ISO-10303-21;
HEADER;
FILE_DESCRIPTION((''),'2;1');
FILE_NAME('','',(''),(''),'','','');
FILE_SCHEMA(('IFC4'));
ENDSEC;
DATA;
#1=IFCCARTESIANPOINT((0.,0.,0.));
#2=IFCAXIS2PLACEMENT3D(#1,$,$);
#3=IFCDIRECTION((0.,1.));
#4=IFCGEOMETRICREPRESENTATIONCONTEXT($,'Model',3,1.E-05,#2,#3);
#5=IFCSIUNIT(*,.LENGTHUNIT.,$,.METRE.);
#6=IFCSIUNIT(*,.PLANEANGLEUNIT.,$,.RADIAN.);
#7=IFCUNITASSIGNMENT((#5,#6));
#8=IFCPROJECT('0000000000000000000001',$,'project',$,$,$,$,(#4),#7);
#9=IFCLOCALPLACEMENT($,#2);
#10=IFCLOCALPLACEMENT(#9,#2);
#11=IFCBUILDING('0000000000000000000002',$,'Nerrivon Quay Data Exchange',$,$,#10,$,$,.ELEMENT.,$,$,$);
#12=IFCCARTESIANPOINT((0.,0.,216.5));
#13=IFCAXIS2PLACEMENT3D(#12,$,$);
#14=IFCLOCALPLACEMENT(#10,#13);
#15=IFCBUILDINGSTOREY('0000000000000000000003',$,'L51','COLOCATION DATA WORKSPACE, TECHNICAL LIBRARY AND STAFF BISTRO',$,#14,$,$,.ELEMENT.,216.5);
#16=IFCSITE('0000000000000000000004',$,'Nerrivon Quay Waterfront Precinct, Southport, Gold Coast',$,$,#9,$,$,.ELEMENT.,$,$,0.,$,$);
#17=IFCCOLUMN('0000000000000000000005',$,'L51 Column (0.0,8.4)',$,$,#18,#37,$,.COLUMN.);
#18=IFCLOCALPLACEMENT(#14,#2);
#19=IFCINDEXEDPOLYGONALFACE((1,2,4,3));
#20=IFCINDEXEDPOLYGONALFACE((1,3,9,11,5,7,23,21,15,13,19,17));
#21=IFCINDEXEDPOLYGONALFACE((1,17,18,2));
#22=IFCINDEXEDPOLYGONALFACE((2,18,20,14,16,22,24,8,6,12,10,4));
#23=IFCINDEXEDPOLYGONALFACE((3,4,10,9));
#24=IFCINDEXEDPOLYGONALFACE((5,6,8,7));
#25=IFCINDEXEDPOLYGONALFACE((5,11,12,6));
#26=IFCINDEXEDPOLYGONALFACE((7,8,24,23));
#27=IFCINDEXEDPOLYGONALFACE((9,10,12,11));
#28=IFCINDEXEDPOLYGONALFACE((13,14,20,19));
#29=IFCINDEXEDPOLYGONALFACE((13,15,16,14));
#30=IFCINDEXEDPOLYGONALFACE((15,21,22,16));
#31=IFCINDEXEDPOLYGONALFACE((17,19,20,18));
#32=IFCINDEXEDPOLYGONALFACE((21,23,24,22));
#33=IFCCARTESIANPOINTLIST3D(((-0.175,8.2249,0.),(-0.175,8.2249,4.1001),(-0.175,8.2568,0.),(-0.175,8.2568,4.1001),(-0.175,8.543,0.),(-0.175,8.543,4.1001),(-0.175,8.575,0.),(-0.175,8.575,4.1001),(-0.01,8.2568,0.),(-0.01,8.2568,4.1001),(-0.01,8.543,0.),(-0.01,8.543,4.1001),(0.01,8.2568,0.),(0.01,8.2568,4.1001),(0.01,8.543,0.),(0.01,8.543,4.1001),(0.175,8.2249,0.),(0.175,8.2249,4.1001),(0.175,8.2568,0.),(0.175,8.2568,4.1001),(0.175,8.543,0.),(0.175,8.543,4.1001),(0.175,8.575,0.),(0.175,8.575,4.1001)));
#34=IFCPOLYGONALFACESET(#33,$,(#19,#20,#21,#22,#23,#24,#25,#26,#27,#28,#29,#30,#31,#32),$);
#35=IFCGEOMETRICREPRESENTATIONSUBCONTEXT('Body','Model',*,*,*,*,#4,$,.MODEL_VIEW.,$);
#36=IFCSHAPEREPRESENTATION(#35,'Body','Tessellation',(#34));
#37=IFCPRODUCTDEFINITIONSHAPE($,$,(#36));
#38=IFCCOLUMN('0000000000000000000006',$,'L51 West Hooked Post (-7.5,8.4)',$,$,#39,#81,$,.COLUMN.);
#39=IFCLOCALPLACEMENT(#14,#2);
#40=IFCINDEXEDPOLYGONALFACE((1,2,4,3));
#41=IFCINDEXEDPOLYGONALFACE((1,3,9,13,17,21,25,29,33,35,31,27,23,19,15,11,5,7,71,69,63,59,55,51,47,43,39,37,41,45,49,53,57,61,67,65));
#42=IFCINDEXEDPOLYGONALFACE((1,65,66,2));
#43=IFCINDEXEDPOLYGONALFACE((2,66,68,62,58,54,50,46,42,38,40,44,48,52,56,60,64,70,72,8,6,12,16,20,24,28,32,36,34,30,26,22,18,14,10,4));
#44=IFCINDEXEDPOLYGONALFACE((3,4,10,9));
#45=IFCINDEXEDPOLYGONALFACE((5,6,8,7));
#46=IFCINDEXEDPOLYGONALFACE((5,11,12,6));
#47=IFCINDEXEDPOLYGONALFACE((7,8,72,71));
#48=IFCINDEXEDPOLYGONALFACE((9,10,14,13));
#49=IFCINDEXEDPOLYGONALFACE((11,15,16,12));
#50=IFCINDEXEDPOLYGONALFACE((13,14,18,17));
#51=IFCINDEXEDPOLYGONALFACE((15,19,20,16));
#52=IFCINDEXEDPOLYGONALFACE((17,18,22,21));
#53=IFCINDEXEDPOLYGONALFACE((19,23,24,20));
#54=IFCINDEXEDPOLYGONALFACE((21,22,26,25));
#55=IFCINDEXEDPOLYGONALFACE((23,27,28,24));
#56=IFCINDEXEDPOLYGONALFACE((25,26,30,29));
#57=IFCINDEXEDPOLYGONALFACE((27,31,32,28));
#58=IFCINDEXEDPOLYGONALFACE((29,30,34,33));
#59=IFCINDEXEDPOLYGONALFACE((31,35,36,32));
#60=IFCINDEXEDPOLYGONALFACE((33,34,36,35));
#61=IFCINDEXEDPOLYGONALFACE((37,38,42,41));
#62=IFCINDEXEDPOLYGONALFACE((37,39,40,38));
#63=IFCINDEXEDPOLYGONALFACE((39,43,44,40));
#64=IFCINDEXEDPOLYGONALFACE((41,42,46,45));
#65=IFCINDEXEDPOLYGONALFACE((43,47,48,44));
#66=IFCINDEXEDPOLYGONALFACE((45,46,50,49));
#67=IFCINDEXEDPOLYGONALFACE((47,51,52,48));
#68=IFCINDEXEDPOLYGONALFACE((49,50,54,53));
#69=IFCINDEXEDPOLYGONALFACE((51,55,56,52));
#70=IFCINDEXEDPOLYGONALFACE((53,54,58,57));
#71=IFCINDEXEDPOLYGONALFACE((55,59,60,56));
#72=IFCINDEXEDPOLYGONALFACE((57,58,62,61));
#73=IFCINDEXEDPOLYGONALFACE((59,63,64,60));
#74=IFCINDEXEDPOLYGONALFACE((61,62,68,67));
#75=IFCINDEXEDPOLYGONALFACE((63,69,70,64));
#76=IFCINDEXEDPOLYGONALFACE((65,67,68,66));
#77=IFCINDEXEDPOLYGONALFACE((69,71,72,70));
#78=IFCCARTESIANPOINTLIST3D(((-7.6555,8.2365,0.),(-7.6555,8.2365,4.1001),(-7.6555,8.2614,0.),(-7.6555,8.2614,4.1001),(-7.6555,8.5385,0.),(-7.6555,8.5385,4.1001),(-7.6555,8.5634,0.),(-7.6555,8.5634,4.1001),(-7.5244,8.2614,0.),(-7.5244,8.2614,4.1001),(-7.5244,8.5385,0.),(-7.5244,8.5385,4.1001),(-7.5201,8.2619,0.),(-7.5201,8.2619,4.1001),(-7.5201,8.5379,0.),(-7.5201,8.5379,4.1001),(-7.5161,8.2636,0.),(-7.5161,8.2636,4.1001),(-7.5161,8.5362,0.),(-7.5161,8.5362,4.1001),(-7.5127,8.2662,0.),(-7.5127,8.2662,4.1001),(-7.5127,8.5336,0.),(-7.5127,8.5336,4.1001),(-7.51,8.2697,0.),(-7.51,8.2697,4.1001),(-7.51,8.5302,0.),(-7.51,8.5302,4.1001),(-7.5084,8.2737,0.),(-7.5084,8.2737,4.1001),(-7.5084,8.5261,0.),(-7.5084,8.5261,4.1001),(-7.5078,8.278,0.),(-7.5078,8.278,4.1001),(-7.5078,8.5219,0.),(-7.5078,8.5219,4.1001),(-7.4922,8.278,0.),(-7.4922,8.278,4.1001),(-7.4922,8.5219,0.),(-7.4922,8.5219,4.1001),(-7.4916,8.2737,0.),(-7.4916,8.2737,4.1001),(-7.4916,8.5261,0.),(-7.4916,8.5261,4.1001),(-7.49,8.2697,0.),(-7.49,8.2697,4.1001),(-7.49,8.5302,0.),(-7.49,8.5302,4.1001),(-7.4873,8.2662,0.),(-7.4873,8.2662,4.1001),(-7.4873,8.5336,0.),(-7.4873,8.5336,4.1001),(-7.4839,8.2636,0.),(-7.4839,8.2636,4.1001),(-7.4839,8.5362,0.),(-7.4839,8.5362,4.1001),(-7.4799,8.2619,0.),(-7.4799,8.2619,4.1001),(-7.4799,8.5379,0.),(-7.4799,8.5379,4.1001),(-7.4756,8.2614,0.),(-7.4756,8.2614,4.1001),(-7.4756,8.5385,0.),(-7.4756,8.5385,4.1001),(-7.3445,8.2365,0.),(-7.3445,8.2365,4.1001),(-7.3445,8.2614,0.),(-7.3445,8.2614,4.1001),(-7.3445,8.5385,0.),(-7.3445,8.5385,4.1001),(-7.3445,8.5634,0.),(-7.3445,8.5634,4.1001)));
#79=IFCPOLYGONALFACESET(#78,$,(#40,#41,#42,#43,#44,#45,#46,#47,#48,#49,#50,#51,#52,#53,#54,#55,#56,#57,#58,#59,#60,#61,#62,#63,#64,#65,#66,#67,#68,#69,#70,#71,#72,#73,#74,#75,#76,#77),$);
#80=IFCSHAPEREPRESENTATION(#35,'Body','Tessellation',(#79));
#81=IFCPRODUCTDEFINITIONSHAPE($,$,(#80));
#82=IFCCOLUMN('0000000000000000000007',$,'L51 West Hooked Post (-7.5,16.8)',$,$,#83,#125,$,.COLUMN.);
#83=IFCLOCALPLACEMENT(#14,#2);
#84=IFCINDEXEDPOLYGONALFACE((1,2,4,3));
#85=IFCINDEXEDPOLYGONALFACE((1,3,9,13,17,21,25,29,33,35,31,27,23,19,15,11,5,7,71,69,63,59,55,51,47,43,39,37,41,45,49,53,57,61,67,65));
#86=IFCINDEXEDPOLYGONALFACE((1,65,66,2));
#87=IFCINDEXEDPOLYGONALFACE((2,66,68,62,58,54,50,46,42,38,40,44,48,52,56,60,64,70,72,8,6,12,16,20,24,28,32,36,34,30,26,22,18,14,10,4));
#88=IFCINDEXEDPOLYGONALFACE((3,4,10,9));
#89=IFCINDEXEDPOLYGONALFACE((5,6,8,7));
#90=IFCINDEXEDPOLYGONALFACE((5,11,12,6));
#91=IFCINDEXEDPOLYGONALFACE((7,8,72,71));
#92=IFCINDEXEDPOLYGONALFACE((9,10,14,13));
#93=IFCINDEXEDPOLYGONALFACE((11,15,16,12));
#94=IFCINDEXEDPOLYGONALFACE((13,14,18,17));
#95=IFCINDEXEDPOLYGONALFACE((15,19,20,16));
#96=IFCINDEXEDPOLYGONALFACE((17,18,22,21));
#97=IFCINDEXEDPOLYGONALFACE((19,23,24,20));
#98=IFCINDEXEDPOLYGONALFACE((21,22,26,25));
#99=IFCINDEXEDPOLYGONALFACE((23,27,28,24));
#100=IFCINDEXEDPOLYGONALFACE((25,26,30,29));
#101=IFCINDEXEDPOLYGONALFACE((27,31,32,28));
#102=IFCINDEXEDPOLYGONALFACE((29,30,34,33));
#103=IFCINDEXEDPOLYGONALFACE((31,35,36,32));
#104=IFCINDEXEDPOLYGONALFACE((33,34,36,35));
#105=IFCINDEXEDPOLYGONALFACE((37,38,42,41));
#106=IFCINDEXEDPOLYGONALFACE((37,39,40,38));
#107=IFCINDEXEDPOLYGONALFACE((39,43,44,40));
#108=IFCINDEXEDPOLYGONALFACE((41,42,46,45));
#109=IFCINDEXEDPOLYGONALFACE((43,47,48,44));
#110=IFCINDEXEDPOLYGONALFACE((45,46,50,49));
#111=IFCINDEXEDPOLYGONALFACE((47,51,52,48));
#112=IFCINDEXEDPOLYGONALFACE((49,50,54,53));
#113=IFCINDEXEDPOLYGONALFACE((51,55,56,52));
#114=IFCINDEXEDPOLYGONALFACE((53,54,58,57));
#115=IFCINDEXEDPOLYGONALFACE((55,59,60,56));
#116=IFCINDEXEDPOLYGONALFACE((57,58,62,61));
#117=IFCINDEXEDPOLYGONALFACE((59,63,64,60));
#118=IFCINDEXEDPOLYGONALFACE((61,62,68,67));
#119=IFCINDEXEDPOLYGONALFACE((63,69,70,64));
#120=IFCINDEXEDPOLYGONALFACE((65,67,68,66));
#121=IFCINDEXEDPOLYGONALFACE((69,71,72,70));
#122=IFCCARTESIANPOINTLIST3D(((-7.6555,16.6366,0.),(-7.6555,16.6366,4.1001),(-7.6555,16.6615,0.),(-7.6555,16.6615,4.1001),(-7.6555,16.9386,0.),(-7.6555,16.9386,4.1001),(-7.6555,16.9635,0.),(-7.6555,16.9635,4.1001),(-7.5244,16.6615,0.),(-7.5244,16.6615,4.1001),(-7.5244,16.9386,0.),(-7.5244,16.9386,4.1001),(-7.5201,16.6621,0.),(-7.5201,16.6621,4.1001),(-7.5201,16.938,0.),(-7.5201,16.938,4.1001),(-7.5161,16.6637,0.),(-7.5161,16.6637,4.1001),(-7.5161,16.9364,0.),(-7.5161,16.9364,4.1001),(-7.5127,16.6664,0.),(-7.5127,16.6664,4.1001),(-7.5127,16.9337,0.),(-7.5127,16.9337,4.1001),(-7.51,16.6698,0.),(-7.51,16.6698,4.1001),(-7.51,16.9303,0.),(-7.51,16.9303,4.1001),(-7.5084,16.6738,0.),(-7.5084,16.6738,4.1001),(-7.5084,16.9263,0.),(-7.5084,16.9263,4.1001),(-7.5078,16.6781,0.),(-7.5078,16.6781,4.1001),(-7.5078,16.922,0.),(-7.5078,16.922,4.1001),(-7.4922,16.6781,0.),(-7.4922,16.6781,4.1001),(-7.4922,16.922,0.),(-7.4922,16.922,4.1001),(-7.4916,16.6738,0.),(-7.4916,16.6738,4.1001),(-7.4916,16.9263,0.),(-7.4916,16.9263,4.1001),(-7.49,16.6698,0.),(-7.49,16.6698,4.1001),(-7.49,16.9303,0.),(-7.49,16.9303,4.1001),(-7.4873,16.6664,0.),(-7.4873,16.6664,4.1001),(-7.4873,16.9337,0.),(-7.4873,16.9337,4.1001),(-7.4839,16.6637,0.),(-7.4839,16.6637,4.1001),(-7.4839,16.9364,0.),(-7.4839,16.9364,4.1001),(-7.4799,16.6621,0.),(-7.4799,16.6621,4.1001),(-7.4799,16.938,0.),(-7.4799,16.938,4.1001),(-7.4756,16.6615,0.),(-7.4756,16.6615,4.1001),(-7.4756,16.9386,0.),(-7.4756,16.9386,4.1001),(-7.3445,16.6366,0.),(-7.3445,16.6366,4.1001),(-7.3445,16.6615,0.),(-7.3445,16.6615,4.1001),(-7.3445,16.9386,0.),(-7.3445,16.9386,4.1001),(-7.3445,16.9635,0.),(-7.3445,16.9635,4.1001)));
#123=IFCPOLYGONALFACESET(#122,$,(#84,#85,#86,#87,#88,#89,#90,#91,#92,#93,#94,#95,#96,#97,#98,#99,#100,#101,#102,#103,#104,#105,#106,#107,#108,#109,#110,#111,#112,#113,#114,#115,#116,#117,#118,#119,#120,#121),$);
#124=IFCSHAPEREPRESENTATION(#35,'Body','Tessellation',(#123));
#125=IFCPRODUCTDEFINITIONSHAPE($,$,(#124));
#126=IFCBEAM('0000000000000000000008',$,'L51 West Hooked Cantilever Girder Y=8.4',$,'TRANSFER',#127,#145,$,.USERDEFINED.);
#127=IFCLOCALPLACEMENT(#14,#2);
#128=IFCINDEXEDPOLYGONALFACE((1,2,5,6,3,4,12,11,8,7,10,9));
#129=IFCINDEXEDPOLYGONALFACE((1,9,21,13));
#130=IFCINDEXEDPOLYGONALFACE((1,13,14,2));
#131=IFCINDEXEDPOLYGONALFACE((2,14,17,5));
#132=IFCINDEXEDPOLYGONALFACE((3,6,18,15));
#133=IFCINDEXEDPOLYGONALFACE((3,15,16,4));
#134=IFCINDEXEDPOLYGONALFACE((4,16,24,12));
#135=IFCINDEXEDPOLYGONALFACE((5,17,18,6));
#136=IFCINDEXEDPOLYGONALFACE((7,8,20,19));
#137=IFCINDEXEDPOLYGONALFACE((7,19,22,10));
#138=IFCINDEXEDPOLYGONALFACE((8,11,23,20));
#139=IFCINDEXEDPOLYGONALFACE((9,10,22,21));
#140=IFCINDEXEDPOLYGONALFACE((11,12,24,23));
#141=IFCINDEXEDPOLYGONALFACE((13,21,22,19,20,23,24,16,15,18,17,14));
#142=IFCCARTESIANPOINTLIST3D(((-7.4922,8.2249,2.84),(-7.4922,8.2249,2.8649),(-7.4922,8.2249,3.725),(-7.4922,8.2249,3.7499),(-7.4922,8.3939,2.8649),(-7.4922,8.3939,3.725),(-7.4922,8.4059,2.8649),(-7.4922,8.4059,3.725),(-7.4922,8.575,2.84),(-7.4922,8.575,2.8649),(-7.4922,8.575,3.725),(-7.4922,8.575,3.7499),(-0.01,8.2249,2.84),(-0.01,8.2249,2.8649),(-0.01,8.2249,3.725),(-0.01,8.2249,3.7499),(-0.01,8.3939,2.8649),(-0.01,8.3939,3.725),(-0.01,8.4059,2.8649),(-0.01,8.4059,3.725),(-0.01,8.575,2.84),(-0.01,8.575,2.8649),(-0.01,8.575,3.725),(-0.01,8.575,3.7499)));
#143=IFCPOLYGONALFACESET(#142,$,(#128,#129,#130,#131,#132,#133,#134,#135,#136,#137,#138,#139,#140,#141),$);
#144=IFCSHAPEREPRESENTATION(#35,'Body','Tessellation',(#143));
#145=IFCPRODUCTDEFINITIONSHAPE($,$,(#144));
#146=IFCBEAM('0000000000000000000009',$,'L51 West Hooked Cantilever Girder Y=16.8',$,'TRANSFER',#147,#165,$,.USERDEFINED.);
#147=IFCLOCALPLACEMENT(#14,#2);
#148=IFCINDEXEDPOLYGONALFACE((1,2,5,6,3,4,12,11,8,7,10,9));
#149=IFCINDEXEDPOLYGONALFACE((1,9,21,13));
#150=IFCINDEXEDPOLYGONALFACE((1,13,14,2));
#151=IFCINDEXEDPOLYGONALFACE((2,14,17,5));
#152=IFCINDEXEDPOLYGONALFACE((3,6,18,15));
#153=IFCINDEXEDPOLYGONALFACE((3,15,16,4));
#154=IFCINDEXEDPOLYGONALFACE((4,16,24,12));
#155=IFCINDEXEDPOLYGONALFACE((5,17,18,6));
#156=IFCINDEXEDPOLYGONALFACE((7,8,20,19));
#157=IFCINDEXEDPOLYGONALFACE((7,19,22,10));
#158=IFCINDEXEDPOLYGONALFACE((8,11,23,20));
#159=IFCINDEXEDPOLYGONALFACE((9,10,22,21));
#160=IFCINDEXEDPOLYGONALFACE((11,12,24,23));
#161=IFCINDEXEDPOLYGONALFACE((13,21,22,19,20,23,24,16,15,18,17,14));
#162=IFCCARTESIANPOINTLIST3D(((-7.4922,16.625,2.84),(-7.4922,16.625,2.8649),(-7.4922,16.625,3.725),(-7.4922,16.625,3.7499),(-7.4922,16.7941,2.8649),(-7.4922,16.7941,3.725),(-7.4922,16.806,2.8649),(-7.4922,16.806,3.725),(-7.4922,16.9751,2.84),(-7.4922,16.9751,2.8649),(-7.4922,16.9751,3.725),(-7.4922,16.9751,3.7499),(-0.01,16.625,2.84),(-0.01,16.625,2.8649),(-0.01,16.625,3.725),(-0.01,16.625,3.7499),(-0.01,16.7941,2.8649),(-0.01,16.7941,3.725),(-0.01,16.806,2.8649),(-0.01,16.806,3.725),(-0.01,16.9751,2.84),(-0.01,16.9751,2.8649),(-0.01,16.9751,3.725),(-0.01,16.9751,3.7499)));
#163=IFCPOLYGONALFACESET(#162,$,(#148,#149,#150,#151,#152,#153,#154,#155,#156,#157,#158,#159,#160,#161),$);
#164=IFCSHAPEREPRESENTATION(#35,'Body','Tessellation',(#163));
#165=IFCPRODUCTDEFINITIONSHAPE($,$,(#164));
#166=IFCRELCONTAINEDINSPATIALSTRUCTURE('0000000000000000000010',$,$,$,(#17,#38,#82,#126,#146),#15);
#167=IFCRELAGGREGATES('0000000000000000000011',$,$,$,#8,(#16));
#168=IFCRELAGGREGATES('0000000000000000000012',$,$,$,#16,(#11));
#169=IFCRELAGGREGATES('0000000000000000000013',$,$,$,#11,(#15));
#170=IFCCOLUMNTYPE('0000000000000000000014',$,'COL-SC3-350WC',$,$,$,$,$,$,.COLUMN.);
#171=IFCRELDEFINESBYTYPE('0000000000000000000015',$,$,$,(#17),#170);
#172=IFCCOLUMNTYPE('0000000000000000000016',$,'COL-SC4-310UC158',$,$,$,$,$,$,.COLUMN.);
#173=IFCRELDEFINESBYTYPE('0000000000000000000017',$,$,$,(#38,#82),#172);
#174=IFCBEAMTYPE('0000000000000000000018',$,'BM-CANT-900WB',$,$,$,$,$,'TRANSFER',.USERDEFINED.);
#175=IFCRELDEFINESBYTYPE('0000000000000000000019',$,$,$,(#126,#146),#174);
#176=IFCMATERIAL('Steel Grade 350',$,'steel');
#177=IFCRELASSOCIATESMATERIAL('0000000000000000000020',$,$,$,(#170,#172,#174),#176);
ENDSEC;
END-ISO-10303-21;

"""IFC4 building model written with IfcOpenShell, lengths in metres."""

from ifc_helpers import new_model, si_unit, direction, frame, origin, origin_2d, place, context, subcontext, project, spatial, i_section, extrude, material, material_profile, profile_set, type_object, element, save


model = new_model("IFC4")

# Units and contexts
model_context = context("Model", 3, precision=1e-05, world=origin(), true_north=direction((0.0, 1.0)))
body_context = subcontext(model_context, "Body", "Model", "MODEL_VIEW")
ifc_project = project(units=[si_unit("LENGTHUNIT", "METRE"), si_unit("PLANEANGLEUNIT", "RADIAN")], contexts=[model_context])

# Site, building, storey
site_placement = place(None, origin())
site = spatial("IfcSite", under=ifc_project, at=site_placement, Name="Nerrivon Quay Waterfront Precinct, Southport, Gold Coast", CompositionType="ELEMENT", RefElevation=0.0)
building_placement = place(site_placement, origin())
building = spatial("IfcBuilding", under=site, at=building_placement, Name="Nerrivon Quay Data Exchange", CompositionType="ELEMENT")
storey_placement = place(building_placement, frame((0.0, 0.0, 216.5)))
storey = spatial("IfcBuildingStorey", under=building, at=storey_placement, Name="L51", Description="COLOCATION DATA WORKSPACE, TECHNICAL LIBRARY AND STAFF BISTRO", CompositionType="ELEMENT", Elevation=216.5)

# Columns
ifc_material_1 = material(Name="Steel Grade 350", Category="steel")
ifc_material_profile_1 = material_profile(ifc_material_1, i_section(OverallWidth=0.3501, OverallDepth=0.3501, WebThickness=0.02, FlangeThickness=0.032, at=origin_2d()), Name="350WC230")
ifc_profile_set_1 = profile_set([ifc_material_profile_1], Name="Steel Grade 350")
column_type_1 = type_object("IfcColumnType", Name="COL-SC3-350WC", PredefinedType="COLUMN", material=ifc_profile_set_1)
column_placement = place(storey_placement, frame((0.0, 8.3999, 0.0), z_axis=(0.0, 0.0, 1.0), x_axis=(1.0, 0.0, 0.0)))
element("IfcColumn", 1, at=column_placement, inside=storey, type_object=column_type_1, Name="L51 Column (0.0,8.4)", PredefinedType="COLUMN", context=body_context, shape_type="SweptSolid", body=[
    extrude(i_section(OverallWidth=0.3501, OverallDepth=0.3501, WebThickness=0.02, FlangeThickness=0.032, at=origin_2d()), origin(), (0.0, 0.0, 1.0), 4.1001),
])
ifc_material_profile_2 = material_profile(ifc_material_1, i_section(OverallWidth=0.311, OverallDepth=0.3269, WebThickness=0.0156, FlangeThickness=0.0249, FilletRadius=0.0166, at=origin_2d()), Name="310UC158")
ifc_profile_set_2 = profile_set([ifc_material_profile_2], Name="Steel Grade 350")
column_type_2 = type_object("IfcColumnType", Name="COL-SC4-310UC158", PredefinedType="COLUMN", material=ifc_profile_set_2)
for number, where, z_axis, x_axis, name in (
    (2, (-7.5, 8.3999, 0.0), (0.0, 0.0, 1.0), (1.0, 0.0, 0.0), "L51 West Hooked Post (-7.5,8.4)"),
    (3, (-7.5, 16.8, 0.0), (0.0, 0.0, 1.0), (1.0, 0.0, 0.0), "L51 West Hooked Post (-7.5,16.8)"),
):
    element("IfcColumn", number, at=place(storey_placement, frame(where, z_axis=z_axis, x_axis=x_axis)), inside=storey, type_object=column_type_2, Name=name, PredefinedType="COLUMN", context=body_context, shape_type="SweptSolid", body=[
        extrude(i_section(OverallWidth=0.311, OverallDepth=0.3269, WebThickness=0.0156, FlangeThickness=0.0249, FilletRadius=0.0166, at=origin_2d()), origin(), (0.0, 0.0, 1.0), 4.1001),
    ])

# Beams
ifc_material_profile_3 = material_profile(ifc_material_1, i_section(OverallWidth=0.3501, OverallDepth=0.9099, WebThickness=0.012, FlangeThickness=0.0249, at=origin_2d()), Name="900WB218")
ifc_profile_set_3 = profile_set([ifc_material_profile_3], Name="Steel Grade 350")
beam_type_1 = type_object("IfcBeamType", Name="BM-CANT-900WB", ElementType="TRANSFER", PredefinedType="USERDEFINED", material=ifc_profile_set_3)
for number, where, z_axis, x_axis, name in (
    (4, (-0.01, 8.3999, 3.2949), (-1.0, 0.0, 0.0), (0.0, -1.0, 0.0), "L51 West Hooked Cantilever Girder Y=8.4"),
    (5, (-0.01, 16.8, 3.2949), (-1.0, 0.0, 0.0), (0.0, -1.0, 0.0), "L51 West Hooked Cantilever Girder Y=16.8"),
):
    element("IfcBeam", number, at=place(storey_placement, frame(where, z_axis=z_axis, x_axis=x_axis)), inside=storey, type_object=beam_type_1, Name=name, ObjectType="TRANSFER", PredefinedType="USERDEFINED", context=body_context, shape_type="SweptSolid", body=[
        extrude(i_section(OverallWidth=0.3501, OverallDepth=0.9099, WebThickness=0.012, FlangeThickness=0.0249, at=origin_2d()), origin(), (0.0, 0.0, 1.0), 7.4822),
    ])

save(model, "model.ifc")
